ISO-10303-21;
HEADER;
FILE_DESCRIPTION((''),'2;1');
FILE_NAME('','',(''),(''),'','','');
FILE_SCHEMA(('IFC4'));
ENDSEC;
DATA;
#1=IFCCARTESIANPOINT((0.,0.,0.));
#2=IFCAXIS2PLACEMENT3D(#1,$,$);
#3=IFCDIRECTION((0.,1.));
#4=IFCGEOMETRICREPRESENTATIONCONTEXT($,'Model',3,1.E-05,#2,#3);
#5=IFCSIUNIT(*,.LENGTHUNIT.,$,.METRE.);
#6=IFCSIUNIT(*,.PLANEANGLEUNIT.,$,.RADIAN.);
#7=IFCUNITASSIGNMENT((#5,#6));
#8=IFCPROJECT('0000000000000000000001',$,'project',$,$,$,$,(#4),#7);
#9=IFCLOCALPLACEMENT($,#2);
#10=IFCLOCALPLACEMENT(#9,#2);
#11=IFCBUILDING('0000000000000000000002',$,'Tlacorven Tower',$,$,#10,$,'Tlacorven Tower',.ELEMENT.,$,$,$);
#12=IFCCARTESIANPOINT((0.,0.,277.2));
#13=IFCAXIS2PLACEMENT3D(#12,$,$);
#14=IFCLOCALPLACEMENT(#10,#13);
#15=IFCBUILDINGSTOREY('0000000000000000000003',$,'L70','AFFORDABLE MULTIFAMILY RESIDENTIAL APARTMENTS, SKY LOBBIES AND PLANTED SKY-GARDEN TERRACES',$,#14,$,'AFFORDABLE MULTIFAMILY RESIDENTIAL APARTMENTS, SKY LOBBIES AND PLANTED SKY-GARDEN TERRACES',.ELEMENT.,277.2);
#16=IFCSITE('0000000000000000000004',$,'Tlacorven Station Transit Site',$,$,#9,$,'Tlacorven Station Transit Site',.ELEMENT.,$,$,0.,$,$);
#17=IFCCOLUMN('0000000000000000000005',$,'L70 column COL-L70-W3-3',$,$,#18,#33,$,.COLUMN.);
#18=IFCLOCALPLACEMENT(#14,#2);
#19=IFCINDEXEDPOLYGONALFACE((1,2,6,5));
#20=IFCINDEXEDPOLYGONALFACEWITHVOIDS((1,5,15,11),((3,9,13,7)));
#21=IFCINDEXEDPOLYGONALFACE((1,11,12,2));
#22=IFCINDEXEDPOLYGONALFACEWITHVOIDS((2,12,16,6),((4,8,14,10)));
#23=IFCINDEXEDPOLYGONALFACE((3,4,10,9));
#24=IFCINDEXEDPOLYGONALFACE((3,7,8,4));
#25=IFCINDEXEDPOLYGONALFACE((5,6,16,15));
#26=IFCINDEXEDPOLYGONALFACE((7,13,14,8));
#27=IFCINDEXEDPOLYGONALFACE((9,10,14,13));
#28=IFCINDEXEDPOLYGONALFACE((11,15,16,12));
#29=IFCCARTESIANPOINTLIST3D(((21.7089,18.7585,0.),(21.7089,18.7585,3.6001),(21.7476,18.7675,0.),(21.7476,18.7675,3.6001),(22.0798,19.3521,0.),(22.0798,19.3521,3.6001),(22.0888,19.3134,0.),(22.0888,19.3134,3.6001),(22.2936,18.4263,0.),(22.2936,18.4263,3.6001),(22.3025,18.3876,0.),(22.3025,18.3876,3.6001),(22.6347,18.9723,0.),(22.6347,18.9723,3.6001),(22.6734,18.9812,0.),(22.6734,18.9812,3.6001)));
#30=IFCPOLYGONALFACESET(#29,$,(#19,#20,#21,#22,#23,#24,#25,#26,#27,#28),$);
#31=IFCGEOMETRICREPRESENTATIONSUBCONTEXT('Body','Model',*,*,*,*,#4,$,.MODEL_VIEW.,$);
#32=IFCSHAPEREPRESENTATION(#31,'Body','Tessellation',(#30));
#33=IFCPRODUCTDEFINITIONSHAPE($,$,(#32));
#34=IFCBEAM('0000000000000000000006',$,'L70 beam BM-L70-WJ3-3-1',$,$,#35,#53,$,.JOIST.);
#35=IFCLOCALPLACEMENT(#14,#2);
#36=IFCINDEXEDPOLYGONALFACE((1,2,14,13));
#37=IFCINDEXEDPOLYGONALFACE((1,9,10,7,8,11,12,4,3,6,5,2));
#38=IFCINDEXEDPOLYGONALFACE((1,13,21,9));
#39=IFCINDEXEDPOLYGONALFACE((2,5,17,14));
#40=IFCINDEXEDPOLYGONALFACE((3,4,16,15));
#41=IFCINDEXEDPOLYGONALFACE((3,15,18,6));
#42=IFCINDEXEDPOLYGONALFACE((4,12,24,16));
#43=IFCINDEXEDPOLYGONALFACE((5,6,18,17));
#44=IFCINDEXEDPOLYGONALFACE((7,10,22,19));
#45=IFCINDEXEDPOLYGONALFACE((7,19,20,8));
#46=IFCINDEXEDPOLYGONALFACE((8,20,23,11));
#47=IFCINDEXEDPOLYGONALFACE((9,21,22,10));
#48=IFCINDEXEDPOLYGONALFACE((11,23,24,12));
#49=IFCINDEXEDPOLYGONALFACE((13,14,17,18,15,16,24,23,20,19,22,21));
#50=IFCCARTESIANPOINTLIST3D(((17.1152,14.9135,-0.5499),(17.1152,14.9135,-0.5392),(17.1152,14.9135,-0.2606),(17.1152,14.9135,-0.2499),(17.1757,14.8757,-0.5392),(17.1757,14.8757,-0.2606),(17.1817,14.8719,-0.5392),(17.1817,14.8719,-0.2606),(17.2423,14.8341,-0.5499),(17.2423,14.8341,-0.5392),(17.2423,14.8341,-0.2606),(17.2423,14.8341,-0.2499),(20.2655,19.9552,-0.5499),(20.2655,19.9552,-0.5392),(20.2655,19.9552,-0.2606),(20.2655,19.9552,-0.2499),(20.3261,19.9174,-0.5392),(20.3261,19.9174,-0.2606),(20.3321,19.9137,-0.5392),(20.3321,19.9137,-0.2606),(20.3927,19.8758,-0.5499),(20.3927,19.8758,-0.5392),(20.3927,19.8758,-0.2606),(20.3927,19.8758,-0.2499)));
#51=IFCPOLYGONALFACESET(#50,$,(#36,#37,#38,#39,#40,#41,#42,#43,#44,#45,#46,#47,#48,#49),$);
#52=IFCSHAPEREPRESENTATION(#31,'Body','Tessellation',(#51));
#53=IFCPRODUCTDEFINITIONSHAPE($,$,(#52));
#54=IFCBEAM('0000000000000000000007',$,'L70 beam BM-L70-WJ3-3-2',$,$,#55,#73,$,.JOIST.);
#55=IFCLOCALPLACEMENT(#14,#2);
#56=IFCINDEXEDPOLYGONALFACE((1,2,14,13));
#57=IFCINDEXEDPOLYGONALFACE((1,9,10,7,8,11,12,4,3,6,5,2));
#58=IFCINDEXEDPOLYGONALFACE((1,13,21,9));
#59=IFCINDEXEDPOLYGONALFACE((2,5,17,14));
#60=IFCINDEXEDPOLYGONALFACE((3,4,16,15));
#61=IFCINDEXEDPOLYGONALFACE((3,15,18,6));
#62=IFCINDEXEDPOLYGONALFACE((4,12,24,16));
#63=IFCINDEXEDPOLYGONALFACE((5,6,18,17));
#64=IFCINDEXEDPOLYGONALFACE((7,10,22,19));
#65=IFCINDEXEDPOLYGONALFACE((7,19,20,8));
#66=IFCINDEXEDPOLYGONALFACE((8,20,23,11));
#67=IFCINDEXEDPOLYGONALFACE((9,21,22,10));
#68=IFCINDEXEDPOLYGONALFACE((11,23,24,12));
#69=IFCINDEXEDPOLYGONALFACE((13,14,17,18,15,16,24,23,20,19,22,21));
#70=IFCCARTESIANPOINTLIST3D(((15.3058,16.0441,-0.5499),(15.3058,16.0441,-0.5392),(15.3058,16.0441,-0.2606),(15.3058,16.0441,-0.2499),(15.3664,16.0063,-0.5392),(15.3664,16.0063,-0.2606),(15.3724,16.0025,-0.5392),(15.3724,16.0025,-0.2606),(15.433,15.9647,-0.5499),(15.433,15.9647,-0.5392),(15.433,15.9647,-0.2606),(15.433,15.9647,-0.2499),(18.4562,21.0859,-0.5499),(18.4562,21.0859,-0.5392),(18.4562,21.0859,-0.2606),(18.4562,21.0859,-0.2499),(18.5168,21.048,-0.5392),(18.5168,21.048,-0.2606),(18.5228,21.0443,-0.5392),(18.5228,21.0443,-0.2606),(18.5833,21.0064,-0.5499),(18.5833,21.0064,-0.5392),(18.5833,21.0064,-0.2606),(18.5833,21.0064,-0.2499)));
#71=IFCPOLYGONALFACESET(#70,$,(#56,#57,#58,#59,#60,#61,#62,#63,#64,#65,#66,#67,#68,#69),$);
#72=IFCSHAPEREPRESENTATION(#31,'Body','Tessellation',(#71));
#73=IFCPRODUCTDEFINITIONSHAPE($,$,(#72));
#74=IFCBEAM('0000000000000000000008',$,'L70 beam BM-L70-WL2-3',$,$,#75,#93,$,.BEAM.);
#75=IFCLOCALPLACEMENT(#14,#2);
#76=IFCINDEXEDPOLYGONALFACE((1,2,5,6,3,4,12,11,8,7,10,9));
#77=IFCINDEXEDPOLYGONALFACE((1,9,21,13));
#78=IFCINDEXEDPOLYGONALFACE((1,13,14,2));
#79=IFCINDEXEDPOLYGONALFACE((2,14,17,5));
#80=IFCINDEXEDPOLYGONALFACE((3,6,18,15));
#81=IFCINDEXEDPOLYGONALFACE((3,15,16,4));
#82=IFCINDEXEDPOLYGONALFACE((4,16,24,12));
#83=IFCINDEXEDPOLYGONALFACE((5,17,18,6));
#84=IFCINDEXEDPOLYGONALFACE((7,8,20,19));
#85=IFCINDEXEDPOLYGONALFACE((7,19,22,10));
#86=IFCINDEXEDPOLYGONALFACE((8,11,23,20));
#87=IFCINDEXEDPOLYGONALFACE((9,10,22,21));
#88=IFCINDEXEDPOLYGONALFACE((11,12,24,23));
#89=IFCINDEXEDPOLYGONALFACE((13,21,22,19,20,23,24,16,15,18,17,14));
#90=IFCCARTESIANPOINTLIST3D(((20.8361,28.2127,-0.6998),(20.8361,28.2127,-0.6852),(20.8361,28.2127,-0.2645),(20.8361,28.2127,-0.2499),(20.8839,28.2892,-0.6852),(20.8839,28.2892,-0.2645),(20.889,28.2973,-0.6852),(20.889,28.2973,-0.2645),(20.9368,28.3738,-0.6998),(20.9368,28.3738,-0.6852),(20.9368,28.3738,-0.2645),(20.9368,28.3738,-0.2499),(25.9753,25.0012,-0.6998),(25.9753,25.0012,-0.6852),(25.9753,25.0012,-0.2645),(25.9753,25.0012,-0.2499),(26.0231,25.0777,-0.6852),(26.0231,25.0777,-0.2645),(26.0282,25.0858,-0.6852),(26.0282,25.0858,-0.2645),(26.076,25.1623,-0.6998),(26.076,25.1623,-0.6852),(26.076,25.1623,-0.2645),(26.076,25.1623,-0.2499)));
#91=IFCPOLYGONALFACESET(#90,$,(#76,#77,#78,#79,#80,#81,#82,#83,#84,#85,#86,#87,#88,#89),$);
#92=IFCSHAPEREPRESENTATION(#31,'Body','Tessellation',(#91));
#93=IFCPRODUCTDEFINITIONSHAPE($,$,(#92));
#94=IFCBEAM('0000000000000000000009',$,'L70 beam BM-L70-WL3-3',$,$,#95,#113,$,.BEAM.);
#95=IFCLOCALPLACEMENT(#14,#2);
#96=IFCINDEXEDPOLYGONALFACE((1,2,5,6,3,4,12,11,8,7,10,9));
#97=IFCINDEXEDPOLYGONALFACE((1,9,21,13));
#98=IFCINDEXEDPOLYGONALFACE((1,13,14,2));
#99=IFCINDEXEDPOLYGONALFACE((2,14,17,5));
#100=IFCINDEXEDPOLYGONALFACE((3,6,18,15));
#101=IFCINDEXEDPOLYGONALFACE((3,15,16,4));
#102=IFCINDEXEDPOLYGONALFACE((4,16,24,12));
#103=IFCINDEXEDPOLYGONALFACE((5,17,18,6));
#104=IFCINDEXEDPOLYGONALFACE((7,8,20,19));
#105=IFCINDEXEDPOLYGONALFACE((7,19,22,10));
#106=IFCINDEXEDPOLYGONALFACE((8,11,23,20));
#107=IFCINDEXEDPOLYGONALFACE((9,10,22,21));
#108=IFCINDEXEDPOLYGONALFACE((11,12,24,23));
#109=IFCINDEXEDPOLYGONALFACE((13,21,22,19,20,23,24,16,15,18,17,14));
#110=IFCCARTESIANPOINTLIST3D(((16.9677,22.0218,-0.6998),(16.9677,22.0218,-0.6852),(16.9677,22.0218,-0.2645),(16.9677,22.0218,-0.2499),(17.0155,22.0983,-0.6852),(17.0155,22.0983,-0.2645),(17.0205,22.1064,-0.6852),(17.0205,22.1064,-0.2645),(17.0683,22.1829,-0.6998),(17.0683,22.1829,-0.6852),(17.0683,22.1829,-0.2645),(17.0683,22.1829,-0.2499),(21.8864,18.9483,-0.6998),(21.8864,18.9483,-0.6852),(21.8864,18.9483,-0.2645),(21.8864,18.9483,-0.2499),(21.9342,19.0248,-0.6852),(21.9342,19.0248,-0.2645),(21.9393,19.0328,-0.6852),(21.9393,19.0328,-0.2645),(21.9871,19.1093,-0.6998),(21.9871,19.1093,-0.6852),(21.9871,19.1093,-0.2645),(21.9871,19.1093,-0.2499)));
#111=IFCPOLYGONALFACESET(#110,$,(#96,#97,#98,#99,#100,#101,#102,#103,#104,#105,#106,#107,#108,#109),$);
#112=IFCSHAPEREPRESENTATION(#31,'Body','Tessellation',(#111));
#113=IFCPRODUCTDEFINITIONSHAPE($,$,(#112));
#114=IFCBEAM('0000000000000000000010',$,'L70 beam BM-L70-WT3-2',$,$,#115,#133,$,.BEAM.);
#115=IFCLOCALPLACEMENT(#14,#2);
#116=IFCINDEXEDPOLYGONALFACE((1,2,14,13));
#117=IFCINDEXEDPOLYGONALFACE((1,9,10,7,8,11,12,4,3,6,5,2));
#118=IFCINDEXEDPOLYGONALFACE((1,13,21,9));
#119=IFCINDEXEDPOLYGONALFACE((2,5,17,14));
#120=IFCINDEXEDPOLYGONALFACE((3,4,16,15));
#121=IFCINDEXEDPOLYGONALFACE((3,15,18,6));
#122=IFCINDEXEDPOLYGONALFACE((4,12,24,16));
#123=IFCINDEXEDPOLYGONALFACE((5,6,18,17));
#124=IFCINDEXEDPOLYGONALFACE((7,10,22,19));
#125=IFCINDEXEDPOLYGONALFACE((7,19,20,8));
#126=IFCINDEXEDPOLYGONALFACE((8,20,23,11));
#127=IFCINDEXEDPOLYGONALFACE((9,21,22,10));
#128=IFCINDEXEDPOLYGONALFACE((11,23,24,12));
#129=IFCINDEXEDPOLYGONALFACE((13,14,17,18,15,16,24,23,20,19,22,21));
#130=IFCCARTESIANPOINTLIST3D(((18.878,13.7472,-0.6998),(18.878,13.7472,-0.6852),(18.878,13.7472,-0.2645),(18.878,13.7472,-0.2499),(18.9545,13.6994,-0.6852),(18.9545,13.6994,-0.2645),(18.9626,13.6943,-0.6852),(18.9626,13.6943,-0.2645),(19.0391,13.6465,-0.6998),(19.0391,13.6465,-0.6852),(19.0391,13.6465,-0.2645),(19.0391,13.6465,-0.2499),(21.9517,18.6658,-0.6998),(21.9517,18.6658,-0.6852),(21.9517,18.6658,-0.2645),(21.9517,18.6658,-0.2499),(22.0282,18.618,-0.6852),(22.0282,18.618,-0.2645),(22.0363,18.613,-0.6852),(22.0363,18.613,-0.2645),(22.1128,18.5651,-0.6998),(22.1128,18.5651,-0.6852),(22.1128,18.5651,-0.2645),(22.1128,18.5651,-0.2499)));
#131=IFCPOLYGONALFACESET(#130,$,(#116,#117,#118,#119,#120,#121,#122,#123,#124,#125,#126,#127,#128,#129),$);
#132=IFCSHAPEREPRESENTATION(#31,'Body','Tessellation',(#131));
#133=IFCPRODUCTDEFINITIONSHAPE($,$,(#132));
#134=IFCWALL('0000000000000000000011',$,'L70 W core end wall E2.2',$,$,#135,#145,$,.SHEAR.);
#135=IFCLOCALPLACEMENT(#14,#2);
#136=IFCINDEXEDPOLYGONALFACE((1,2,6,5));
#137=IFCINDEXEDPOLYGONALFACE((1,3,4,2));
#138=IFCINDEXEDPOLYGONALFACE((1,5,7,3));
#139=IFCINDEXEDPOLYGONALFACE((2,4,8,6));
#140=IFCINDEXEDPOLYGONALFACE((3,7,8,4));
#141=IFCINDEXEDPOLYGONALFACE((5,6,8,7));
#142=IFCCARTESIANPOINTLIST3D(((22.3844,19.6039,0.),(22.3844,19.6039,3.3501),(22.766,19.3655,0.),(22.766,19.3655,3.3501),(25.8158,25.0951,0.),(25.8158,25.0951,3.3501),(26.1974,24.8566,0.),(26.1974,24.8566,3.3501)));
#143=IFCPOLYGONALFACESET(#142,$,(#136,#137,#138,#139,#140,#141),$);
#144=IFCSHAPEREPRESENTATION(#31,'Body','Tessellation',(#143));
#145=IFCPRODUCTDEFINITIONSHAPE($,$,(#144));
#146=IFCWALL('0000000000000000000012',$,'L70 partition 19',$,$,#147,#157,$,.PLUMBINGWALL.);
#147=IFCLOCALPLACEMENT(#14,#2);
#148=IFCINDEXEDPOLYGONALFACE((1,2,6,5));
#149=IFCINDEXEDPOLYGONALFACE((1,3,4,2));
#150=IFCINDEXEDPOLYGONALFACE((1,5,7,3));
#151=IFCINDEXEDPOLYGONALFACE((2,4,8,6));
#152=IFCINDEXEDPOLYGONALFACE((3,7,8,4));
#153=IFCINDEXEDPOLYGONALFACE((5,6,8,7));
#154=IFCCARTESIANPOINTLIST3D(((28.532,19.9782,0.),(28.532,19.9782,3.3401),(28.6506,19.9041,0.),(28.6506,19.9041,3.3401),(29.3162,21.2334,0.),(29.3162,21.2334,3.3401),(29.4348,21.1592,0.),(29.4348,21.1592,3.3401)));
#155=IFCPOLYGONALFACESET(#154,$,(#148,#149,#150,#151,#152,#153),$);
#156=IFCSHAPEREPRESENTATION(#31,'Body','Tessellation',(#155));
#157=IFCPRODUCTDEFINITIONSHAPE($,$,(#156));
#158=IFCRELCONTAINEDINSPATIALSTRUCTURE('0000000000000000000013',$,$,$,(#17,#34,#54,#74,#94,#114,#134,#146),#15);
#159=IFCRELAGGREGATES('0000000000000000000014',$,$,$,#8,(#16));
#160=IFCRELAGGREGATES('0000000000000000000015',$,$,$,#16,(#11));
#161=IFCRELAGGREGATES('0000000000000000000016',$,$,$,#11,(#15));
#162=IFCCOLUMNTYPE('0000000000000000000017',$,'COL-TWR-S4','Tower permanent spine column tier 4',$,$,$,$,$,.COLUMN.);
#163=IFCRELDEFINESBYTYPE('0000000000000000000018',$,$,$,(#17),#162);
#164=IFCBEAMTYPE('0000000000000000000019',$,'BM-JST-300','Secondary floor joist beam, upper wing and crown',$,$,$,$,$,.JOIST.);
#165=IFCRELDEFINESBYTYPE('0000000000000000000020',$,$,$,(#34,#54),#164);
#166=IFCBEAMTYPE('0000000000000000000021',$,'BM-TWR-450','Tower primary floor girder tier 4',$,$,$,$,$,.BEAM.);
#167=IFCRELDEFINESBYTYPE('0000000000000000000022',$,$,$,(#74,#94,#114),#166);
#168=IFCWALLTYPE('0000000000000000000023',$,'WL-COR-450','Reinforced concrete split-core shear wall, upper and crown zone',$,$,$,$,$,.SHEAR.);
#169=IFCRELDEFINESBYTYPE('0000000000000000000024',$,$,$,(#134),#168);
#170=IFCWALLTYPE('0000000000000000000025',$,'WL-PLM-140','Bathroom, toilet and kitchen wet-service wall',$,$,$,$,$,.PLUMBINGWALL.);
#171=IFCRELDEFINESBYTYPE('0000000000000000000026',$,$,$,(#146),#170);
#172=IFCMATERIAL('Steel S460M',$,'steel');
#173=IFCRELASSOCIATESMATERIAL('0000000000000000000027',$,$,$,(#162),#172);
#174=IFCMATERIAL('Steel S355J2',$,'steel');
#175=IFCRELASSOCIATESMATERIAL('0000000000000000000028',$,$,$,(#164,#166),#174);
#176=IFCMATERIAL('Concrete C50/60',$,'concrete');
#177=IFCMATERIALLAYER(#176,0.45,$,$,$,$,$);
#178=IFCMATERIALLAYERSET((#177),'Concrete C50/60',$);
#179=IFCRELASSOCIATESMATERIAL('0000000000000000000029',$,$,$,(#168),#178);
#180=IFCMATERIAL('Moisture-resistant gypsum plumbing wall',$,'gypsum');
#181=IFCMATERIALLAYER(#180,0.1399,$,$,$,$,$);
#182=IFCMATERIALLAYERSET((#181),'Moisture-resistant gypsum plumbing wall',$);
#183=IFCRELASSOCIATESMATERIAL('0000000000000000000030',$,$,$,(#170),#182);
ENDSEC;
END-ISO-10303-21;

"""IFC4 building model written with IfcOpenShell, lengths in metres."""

from ifc_helpers import new_model, si_unit, direction, frame, frame_2d, origin, origin_2d, place, context, subcontext, project, spatial, rectangle, hollow_rectangle, i_section, extrude, source, transform, mapped, material, layer, layer_set, material_profile, profile_set, type_object, element, save


model = new_model("IFC4")

# Units and contexts
model_context = context("Model", 3, precision=1e-05, world=origin(), true_north=direction((0.0, 1.0)))
body_context = subcontext(model_context, "Body", "Model", "MODEL_VIEW")
ifc_project = project(units=[si_unit("LENGTHUNIT", "METRE"), si_unit("PLANEANGLEUNIT", "RADIAN")], contexts=[model_context])

# Site, building, storey
site_placement = place(None, origin())
site = spatial("IfcSite", under=ifc_project, at=site_placement, Name="Tlacorven Station Transit Site", LongName="Tlacorven Station Transit Site", CompositionType="ELEMENT", RefElevation=0.0)
building_placement = place(site_placement, origin())
building = spatial("IfcBuilding", under=site, at=building_placement, Name="Tlacorven Tower", LongName="Tlacorven Tower", CompositionType="ELEMENT")
storey_placement = place(building_placement, frame((0.0, 0.0, 277.2)))
storey = spatial("IfcBuildingStorey", under=building, at=storey_placement, Name="L70", Description="AFFORDABLE MULTIFAMILY RESIDENTIAL APARTMENTS, SKY LOBBIES AND PLANTED SKY-GARDEN TERRACES", LongName="AFFORDABLE MULTIFAMILY RESIDENTIAL APARTMENTS, SKY LOBBIES AND PLANTED SKY-GARDEN TERRACES", CompositionType="ELEMENT", Elevation=277.2)

# Column
ifc_material_1 = material(Name="Steel S460M", Category="steel")
ifc_material_profile_1 = material_profile(ifc_material_1, hollow_rectangle(XDim=0.7, YDim=0.7, WallThickness=0.0281, at=origin_2d()), Name="BOX 700X700X28")
ifc_profile_set_1 = profile_set([ifc_material_profile_1], Name="Steel S460M")
column_type = type_object("IfcColumnType", Name="COL-TWR-S4", Description="Tower permanent spine column tier 4", PredefinedType="COLUMN", material=ifc_profile_set_1)
shared_shape_1 = source(origin(), body_context, "Body", "SweptSolid", [
    extrude(hollow_rectangle(XDim=0.7, YDim=0.7, WallThickness=0.0281, at=origin_2d()), origin(), (0.0, 0.0, 1.0), 3.6001),
])
column_placement = place(storey_placement, frame((22.1912, 18.8699, 0.0), z_axis=(0.0, 0.0, 1.0), x_axis=(-0.848048, 0.529919, 0.0)))
element("IfcColumn", 1, at=column_placement, inside=storey, type_object=column_type, Name="L70 column COL-L70-W3-3", PredefinedType="COLUMN", context=body_context, shape_type="MappedRepresentation", body=[
    mapped(shared_shape_1, transform((0.0, 0.0, 0.0), scale=1.0)),
])

# Beams
ifc_material_2 = material(Name="Steel S355J2", Category="steel")
ifc_material_profile_2 = material_profile(ifc_material_2, i_section(OverallWidth=0.1499, OverallDepth=0.3, WebThickness=0.0071, FlangeThickness=0.0107, at=origin_2d()), Name="IPE 300")
ifc_profile_set_2 = profile_set([ifc_material_profile_2], Name="Steel S355J2")
beam_type_1 = type_object("IfcBeamType", Name="BM-JST-300", Description="Secondary floor joist beam, upper wing and crown", PredefinedType="JOIST", material=ifc_profile_set_2)
shared_shape_2 = source(origin(), body_context, "Body", "SweptSolid", [
    extrude(i_section(OverallWidth=0.1499, OverallDepth=0.3, WebThickness=0.0071, FlangeThickness=0.0107, at=origin_2d()), origin(), (0.0, 0.0, 1.0), 5.9451),
])
for number, where, z_axis, x_axis, name in (
    (2, (20.3291, 19.9155, -0.3999), (-0.529914, -0.848051, 0.0), (0.848051, -0.529914, 0.0), "L70 beam BM-L70-WJ3-3-1"),
    (3, (18.5198, 21.0461, -0.3999), (-0.529914, -0.848051, 0.0), (0.848051, -0.529914, 0.0), "L70 beam BM-L70-WJ3-3-2"),
):
    element("IfcBeam", number, at=place(storey_placement, frame(where, z_axis=z_axis, x_axis=x_axis)), inside=storey, type_object=beam_type_1, Name=name, PredefinedType="JOIST", context=body_context, shape_type="MappedRepresentation", body=[
        mapped(shared_shape_2, transform((0.0, 0.0, 0.0), scale=1.0)),
    ])
ifc_material_profile_3 = material_profile(ifc_material_2, i_section(OverallWidth=0.1899, OverallDepth=0.45, WebThickness=0.0095, FlangeThickness=0.0146, at=origin_2d()), Name="IPE 450")
ifc_profile_set_3 = profile_set([ifc_material_profile_3], Name="Steel S355J2")
beam_type_2 = type_object("IfcBeamType", Name="BM-TWR-450", Description="Tower primary floor girder tier 4", PredefinedType="BEAM", material=ifc_profile_set_3)
shared_shape_3 = source(origin(), body_context, "Body", "SweptSolid", [
    extrude(i_section(OverallWidth=0.1899, OverallDepth=0.45, WebThickness=0.0095, FlangeThickness=0.0146, at=origin_2d()), origin(), (0.0, 0.0, 1.0), 6.0601),
])
beam_placement = place(storey_placement, frame((26.0256, 25.0818, -0.4749), z_axis=(-0.848039, 0.529934, 0.0), x_axis=(-0.529934, -0.848039, 0.0)))
element("IfcBeam", 4, at=beam_placement, inside=storey, type_object=beam_type_2, Name="L70 beam BM-L70-WL2-3", PredefinedType="BEAM", context=body_context, shape_type="MappedRepresentation", body=[
    mapped(shared_shape_3, transform((0.0, 0.0, 0.0), scale=1.0)),
])
shared_shape_4 = source(origin(), body_context, "Body", "SweptSolid", [
    extrude(i_section(OverallWidth=0.1899, OverallDepth=0.45, WebThickness=0.0095, FlangeThickness=0.0146, at=origin_2d()), origin(), (0.0, 0.0, 1.0), 5.8),
])
for number, where, z_axis, x_axis, name in (
    (5, (21.9368, 19.0288, -0.4749), (-0.848053, 0.529912, 0.0), (-0.529912, -0.848053, 0.0), "L70 beam BM-L70-WL3-3"),
    (6, (22.0322, 18.6155, -0.4749), (-0.529942, -0.848034, 0.0), (0.848034, -0.529942, 0.0), "L70 beam BM-L70-WT3-2"),
):
    element("IfcBeam", number, at=place(storey_placement, frame(where, z_axis=z_axis, x_axis=x_axis)), inside=storey, type_object=beam_type_2, Name=name, PredefinedType="BEAM", context=body_context, shape_type="MappedRepresentation", body=[
        mapped(shared_shape_4, transform((0.0, 0.0, 0.0), scale=1.0)),
    ])

# Walls
ifc_material_3 = material(Name="Concrete C50/60", Category="concrete")
ifc_layer_1 = layer(ifc_material_3, 0.45)
ifc_layer_set_1 = layer_set([ifc_layer_1], Name="Concrete C50/60")
wall_type_1 = type_object("IfcWallType", Name="WL-COR-450", Description="Reinforced concrete split-core shear wall, upper and crown zone", PredefinedType="SHEAR", material=ifc_layer_set_1)
wall_1_placement = place(storey_placement, frame((26.0066, 24.9758, 0.0), z_axis=(0.0, 0.0, 1.0), x_axis=(-0.529931, -0.848041, 0.0)))
element("IfcWall", 7, at=wall_1_placement, inside=storey, type_object=wall_type_1, Name="L70 W core end wall E2.2", PredefinedType="SHEAR", context=body_context, shape_type="SweptSolid", body=[
    extrude(rectangle(XDim=6.4751, YDim=0.45, at=frame_2d((3.2375, 0.0))), origin(), (0.0, 0.0, 1.0), 3.3501),
])
ifc_material_4 = material(Name="Moisture-resistant gypsum plumbing wall", Category="gypsum")
ifc_layer_2 = layer(ifc_material_4, 0.1399)
ifc_layer_set_2 = layer_set([ifc_layer_2], Name="Moisture-resistant gypsum plumbing wall")
wall_type_2 = type_object("IfcWallType", Name="WL-PLM-140", Description="Bathroom, toilet and kitchen wet-service wall", PredefinedType="PLUMBINGWALL", material=ifc_layer_set_2)
wall_2_placement = place(storey_placement, frame((29.3755, 21.1963, 0.0), z_axis=(0.0, 0.0, 1.0), x_axis=(-0.529865, -0.848082, 0.0)))
element("IfcWall", 8, at=wall_2_placement, inside=storey, type_object=wall_type_2, Name="L70 partition 19", PredefinedType="PLUMBINGWALL", context=body_context, shape_type="SweptSolid", body=[
    extrude(rectangle(XDim=1.48, YDim=0.1399, at=frame_2d((0.74, 0.0))), origin(), (0.0, 0.0, 1.0), 3.3401),
])

save(model, "model.ifc")
